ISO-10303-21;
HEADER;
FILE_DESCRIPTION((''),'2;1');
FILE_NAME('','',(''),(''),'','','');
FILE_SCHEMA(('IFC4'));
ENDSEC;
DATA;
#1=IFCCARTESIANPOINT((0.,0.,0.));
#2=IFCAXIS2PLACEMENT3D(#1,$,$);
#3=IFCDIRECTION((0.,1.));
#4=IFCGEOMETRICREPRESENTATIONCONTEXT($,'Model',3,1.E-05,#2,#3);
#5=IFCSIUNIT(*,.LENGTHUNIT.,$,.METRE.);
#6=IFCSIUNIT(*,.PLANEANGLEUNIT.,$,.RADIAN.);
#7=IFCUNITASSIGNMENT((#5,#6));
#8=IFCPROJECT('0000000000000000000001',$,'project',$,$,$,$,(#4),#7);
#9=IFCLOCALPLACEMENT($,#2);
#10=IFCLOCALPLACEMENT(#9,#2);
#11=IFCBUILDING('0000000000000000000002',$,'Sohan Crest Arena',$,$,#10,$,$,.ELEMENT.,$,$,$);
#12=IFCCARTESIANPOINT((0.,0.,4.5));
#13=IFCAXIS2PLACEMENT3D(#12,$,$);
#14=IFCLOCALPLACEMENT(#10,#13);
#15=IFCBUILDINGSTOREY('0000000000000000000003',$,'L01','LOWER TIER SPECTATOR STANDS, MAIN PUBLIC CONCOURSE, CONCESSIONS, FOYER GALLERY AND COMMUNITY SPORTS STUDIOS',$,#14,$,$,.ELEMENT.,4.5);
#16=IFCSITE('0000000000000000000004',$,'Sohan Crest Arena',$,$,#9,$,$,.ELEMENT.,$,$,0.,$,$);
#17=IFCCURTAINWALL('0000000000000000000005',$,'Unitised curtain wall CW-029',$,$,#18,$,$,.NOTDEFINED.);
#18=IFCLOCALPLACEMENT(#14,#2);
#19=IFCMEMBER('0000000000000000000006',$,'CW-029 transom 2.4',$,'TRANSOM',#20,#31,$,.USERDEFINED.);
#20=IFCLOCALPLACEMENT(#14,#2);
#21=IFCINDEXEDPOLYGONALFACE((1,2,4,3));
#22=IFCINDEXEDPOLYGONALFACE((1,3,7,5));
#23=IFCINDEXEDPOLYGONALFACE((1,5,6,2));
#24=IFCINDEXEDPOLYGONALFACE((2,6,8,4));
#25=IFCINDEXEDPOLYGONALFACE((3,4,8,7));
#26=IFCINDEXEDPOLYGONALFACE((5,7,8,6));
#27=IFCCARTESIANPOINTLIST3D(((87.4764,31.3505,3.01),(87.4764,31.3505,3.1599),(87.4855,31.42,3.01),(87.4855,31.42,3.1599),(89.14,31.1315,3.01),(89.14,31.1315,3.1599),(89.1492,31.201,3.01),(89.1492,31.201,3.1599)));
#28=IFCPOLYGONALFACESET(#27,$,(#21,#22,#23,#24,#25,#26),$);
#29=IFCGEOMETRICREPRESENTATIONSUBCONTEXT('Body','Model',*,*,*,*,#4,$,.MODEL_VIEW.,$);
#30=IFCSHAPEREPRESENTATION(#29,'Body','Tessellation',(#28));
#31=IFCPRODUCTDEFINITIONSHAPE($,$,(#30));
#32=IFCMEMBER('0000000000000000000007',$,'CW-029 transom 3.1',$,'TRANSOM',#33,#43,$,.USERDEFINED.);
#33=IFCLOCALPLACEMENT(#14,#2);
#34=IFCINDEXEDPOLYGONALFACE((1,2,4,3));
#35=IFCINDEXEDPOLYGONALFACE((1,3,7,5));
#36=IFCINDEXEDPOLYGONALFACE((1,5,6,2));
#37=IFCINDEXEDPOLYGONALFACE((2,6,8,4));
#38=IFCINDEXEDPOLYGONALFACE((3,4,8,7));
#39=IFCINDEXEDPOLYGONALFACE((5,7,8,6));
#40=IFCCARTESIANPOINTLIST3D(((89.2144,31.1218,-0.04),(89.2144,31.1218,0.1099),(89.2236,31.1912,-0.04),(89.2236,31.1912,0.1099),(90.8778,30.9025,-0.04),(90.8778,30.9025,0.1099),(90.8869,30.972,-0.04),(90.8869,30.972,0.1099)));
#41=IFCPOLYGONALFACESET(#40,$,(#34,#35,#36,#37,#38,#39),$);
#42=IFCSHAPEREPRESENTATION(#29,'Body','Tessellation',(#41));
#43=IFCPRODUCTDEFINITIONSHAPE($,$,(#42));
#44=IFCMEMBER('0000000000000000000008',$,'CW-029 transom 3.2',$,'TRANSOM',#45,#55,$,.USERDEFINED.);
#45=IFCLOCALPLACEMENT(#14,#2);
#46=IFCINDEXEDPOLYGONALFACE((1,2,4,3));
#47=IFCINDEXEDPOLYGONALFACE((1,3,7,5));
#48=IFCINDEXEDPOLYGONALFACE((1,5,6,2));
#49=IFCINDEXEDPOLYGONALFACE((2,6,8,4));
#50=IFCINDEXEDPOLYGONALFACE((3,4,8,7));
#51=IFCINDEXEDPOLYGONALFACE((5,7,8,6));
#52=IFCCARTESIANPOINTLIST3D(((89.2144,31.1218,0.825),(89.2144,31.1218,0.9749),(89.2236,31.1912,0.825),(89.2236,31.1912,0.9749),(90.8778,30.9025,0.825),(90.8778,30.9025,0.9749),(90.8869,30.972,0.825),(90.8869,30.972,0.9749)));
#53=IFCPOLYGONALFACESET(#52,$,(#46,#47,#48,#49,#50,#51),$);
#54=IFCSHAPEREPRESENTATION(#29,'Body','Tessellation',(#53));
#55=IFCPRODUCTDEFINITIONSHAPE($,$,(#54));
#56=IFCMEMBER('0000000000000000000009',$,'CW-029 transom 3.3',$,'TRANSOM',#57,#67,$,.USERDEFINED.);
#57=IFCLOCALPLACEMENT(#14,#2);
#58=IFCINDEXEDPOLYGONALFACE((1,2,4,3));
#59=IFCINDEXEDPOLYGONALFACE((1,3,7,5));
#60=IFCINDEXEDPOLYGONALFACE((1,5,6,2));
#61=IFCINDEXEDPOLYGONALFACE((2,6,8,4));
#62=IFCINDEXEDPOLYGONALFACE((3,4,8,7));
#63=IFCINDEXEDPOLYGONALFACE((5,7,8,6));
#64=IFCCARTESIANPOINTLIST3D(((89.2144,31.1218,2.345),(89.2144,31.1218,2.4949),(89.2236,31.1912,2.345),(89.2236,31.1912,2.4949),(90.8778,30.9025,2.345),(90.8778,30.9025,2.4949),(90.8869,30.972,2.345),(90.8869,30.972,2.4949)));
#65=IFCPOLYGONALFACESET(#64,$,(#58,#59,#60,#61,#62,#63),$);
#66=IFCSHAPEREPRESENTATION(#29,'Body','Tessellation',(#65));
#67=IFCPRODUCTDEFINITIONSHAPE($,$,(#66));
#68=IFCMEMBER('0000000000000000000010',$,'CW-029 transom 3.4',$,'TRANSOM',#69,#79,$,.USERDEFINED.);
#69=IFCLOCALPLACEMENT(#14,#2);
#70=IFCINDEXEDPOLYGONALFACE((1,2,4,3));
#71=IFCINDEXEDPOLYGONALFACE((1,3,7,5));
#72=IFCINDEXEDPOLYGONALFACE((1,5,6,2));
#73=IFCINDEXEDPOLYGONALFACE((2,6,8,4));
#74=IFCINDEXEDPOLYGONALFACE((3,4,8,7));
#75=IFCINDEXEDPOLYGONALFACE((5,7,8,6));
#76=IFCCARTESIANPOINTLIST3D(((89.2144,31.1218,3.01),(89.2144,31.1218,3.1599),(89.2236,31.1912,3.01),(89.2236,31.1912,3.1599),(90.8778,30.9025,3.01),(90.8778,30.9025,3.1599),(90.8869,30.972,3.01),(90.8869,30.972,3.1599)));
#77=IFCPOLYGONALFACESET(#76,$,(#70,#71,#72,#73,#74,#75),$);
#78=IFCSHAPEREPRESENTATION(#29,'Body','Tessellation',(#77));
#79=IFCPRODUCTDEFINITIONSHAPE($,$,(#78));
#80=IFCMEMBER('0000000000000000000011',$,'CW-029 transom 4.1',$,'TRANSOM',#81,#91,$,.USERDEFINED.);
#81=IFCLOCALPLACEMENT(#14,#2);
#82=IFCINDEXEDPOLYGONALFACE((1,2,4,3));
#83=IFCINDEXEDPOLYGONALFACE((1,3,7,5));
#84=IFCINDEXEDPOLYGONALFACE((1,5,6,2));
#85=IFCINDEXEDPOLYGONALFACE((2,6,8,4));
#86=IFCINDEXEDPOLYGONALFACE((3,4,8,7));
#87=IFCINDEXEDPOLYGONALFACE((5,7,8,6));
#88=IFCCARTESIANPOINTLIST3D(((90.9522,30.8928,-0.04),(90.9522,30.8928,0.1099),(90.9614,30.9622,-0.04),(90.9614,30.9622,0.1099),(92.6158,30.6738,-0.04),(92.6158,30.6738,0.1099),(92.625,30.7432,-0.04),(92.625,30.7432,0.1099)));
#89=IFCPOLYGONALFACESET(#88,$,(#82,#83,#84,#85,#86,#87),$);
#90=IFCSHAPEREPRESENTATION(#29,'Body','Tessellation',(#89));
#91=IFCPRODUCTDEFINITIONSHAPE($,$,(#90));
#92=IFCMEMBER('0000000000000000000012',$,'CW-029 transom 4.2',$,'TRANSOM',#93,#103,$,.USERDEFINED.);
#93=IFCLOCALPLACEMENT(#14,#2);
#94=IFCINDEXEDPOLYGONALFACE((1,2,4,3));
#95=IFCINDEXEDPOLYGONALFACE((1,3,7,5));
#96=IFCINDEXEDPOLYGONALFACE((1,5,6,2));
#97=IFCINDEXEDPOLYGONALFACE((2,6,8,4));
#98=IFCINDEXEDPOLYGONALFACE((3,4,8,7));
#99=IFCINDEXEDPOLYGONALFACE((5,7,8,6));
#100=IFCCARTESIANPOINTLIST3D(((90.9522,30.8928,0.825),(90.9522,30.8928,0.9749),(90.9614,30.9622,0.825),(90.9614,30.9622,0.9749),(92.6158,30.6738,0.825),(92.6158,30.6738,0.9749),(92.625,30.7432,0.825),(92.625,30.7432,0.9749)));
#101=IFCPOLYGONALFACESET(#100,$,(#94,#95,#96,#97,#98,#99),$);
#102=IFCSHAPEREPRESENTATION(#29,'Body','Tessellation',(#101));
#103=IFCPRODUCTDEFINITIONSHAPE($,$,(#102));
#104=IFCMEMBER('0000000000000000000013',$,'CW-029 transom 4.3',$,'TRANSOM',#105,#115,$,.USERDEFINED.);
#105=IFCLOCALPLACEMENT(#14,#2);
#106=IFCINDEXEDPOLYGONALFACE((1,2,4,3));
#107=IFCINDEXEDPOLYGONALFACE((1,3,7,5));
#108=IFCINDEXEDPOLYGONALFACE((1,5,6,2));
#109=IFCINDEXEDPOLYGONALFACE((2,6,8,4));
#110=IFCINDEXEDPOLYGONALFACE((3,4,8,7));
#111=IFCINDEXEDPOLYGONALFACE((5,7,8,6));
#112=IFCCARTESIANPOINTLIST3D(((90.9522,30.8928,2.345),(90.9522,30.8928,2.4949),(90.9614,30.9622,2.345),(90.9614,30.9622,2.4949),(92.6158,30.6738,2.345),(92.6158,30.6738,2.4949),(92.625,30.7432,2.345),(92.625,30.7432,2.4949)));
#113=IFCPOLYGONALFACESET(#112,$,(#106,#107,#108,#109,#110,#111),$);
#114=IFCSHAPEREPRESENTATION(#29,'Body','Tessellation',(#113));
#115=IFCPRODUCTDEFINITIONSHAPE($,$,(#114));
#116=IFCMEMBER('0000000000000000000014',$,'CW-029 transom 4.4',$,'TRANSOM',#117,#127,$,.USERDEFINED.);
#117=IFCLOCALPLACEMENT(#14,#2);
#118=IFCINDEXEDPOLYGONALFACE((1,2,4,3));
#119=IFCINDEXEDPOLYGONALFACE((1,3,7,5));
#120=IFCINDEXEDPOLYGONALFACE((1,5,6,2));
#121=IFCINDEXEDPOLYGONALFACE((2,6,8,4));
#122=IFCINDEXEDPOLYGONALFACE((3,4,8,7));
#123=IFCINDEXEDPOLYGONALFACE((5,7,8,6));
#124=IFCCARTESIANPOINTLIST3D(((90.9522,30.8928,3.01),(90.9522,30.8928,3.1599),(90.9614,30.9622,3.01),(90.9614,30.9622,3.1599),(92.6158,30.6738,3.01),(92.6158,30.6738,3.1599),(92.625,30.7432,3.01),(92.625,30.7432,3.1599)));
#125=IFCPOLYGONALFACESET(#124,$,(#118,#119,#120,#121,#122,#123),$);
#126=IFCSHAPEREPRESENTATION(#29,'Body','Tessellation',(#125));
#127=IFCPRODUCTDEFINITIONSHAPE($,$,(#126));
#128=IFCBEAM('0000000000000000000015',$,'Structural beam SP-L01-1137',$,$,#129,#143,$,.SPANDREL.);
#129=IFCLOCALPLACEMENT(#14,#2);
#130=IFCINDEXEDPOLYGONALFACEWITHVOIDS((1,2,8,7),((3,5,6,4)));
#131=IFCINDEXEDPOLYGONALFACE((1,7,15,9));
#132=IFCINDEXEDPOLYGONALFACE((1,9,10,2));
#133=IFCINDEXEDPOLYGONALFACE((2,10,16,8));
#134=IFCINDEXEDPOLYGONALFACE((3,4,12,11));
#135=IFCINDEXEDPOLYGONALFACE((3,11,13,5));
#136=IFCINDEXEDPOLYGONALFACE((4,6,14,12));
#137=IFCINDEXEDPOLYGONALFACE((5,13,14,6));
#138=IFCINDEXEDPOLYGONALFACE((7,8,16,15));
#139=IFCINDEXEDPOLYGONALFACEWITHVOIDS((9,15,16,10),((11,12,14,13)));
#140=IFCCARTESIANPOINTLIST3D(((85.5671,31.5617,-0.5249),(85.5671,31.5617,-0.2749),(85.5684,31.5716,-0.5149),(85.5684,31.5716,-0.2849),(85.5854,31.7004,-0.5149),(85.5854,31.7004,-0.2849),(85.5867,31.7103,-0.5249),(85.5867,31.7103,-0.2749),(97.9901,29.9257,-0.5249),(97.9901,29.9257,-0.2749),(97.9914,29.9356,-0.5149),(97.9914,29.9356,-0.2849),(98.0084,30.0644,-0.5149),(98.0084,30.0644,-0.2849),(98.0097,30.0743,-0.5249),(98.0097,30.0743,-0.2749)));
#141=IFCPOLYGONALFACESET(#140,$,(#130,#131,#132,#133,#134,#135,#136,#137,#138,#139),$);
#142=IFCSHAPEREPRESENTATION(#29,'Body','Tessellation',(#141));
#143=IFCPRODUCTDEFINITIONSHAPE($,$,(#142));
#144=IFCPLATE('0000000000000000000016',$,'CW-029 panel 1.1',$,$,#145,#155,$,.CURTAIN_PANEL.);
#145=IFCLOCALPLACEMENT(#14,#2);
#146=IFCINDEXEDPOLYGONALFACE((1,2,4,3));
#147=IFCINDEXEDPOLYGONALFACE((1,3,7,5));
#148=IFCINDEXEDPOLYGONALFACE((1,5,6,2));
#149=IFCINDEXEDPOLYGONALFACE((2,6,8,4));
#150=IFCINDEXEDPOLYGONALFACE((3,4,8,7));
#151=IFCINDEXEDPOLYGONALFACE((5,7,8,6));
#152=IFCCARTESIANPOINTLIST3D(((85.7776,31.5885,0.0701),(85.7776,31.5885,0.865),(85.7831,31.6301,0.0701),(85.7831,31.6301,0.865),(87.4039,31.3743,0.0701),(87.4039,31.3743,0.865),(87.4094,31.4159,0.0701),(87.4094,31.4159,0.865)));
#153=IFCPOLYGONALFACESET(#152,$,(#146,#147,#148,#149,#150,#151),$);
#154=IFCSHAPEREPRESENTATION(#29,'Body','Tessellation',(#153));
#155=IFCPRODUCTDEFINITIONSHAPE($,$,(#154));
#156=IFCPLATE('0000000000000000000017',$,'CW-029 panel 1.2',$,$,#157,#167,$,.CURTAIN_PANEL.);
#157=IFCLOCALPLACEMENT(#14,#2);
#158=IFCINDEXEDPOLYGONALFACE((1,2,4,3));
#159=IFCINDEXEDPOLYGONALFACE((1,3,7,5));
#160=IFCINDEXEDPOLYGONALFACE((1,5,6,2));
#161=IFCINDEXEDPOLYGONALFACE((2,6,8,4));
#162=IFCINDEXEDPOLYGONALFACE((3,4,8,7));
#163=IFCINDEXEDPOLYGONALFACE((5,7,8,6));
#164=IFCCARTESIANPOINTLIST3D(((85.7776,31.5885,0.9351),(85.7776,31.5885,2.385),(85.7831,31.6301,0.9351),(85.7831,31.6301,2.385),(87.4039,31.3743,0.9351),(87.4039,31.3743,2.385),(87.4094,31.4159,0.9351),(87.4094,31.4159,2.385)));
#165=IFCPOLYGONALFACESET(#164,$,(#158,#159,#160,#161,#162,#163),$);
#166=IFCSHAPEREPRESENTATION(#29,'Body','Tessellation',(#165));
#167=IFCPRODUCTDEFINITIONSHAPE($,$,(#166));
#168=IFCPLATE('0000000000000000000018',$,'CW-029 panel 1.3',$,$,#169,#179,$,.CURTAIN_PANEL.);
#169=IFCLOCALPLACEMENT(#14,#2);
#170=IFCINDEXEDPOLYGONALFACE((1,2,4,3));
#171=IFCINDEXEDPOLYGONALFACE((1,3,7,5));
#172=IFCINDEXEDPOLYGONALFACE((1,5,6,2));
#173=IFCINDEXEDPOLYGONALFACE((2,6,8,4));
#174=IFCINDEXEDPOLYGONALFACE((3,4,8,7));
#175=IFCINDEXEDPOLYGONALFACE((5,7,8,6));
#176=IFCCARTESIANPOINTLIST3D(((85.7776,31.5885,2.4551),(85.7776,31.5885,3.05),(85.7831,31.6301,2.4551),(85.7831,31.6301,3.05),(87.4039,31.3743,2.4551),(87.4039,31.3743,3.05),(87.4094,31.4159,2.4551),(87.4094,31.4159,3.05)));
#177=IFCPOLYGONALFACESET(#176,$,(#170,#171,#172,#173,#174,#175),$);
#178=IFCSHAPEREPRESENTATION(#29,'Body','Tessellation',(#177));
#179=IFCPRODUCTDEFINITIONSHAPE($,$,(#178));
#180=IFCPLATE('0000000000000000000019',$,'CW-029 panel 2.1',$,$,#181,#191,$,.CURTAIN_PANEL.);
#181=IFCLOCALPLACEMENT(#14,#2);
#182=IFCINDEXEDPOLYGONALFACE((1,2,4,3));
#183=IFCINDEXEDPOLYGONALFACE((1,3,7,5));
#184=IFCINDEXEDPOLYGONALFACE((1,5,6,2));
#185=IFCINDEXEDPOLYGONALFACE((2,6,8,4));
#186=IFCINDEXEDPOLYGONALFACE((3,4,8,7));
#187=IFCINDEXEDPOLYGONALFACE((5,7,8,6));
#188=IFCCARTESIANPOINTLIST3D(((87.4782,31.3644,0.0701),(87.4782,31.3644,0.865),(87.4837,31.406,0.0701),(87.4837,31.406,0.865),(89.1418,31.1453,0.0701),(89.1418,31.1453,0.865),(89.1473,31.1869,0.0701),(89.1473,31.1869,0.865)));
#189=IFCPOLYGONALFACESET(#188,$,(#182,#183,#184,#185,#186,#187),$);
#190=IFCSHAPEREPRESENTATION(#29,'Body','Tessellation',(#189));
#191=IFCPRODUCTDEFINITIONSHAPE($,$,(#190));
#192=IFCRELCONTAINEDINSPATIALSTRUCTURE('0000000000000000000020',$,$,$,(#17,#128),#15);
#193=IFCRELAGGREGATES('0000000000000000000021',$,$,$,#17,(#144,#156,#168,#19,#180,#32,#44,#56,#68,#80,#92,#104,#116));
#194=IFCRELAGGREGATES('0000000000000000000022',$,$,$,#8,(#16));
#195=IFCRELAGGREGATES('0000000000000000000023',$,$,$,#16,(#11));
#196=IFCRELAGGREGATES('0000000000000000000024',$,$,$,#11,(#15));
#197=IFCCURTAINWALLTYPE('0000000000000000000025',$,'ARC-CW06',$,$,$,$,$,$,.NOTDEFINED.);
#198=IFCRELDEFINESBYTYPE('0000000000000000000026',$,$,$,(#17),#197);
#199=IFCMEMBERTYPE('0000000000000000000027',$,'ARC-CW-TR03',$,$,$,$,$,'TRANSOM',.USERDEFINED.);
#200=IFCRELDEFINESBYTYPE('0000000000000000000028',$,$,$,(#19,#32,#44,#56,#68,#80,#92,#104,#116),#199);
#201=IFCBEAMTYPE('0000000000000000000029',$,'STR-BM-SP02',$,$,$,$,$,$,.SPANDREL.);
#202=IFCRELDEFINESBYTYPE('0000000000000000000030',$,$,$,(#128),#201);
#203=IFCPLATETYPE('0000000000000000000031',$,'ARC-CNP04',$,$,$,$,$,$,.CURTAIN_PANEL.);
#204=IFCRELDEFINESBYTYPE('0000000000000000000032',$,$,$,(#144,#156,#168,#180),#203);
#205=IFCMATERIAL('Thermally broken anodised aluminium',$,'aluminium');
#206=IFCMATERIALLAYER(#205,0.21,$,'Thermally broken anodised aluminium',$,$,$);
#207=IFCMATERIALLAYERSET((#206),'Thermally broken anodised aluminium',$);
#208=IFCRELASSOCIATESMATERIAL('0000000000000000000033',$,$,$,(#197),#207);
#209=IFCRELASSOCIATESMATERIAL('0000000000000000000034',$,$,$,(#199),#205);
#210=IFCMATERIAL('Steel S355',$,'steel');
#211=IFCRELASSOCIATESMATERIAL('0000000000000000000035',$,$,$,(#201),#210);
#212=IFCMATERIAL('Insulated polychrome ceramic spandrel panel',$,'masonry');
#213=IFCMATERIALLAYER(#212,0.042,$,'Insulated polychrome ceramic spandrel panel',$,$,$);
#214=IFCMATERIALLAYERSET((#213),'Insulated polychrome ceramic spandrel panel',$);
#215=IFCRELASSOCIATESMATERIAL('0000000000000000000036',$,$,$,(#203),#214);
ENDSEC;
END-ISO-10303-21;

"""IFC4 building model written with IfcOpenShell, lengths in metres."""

from ifc_helpers import new_model, si_unit, direction, frame, origin, origin_2d, place, context, subcontext, project, spatial, rectangle, hollow_rectangle, extrude, material, layer, layer_set, material_profile, profile_set, type_object, element, aggregate, save


model = new_model("IFC4")

# Units and contexts
model_context = context("Model", 3, precision=1e-05, world=origin(), true_north=direction((0.0, 1.0)))
body_context = subcontext(model_context, "Body", "Model", "MODEL_VIEW")
ifc_project = project(units=[si_unit("LENGTHUNIT", "METRE"), si_unit("PLANEANGLEUNIT", "RADIAN")], contexts=[model_context])

# Site, building, storey
site_placement = place(None, origin())
site = spatial("IfcSite", under=ifc_project, at=site_placement, Name="Sohan Crest Arena", CompositionType="ELEMENT", RefElevation=0.0)
building_placement = place(site_placement, origin())
building = spatial("IfcBuilding", under=site, at=building_placement, Name="Sohan Crest Arena", CompositionType="ELEMENT")
storey_placement = place(building_placement, frame((0.0, 0.0, 4.5)))
storey = spatial("IfcBuildingStorey", under=building, at=storey_placement, Name="L01", Description="LOWER TIER SPECTATOR STANDS, MAIN PUBLIC CONCOURSE, CONCESSIONS, FOYER GALLERY AND COMMUNITY SPORTS STUDIOS", CompositionType="ELEMENT", Elevation=4.5)

# Shared definitions
ifc_material_1 = material(Name="Steel S355", Category="steel")

# Shared definitions
ifc_material_2 = material(Name="Thermally broken anodised aluminium", Category="aluminium")

# Curtain wall, members
ifc_layer_1 = layer(ifc_material_2, 0.21, Name="Thermally broken anodised aluminium")
ifc_layer_set_1 = layer_set([ifc_layer_1], Name="Thermally broken anodised aluminium")
curtain_wall_type_1 = type_object("IfcCurtainWallType", Name="ARC-CW06", PredefinedType="NOTDEFINED", material=ifc_layer_set_1)
curtain_wall_1_placement = place(storey_placement, origin())
curtain_wall_1 = element("IfcCurtainWall", 1, at=curtain_wall_1_placement, inside=storey, type_object=curtain_wall_type_1, Name="Unitised curtain wall CW-029", PredefinedType="NOTDEFINED")
ifc_material_profile_1 = material_profile(ifc_material_2, rectangle(XDim=0.0701, YDim=0.1499, at=origin_2d()), Name="ALU-TRAN 70x150")
ifc_profile_set_1 = profile_set([ifc_material_profile_1], Name="Thermally broken anodised aluminium")
member_type_1 = type_object("IfcMemberType", Name="ARC-CW-TR03", ElementType="TRANSOM", PredefinedType="USERDEFINED", material=ifc_profile_set_1)
member_1_placement = place(storey_placement, frame((87.481, 31.3853, 3.085), z_axis=(0.991446, -0.130515, 0.0), x_axis=(0.130515, 0.991446, 0.0)))
member_1 = element("IfcMember", 2, at=member_1_placement, type_object=member_type_1, Name="CW-029 transom 2.4", ObjectType="TRANSOM", PredefinedType="USERDEFINED", context=body_context, shape_type="SweptSolid", body=[
    extrude(rectangle(XDim=0.0701, YDim=0.1499, at=origin_2d()), origin(), (0.0, 0.0, 1.0), 1.678),
])
member_2_placement = place(storey_placement, frame((89.219, 31.1565, 0.0349), z_axis=(0.991425, -0.130677, 0.0), x_axis=(0.130677, 0.991425, 0.0)))
member_2 = element("IfcMember", 3, at=member_2_placement, type_object=member_type_1, Name="CW-029 transom 3.1", ObjectType="TRANSOM", PredefinedType="USERDEFINED", context=body_context, shape_type="SweptSolid", body=[
    extrude(rectangle(XDim=0.0701, YDim=0.1499, at=origin_2d()), origin(), (0.0, 0.0, 1.0), 1.6777),
])
member_3_placement = place(storey_placement, frame((89.219, 31.1565, 0.8999), z_axis=(0.991425, -0.130677, 0.0), x_axis=(0.130677, 0.991425, 0.0)))
member_3 = element("IfcMember", 4, at=member_3_placement, type_object=member_type_1, Name="CW-029 transom 3.2", ObjectType="TRANSOM", PredefinedType="USERDEFINED", context=body_context, shape_type="SweptSolid", body=[
    extrude(rectangle(XDim=0.0701, YDim=0.1499, at=origin_2d()), origin(), (0.0, 0.0, 1.0), 1.6777),
])
member_4_placement = place(storey_placement, frame((89.219, 31.1565, 2.4199), z_axis=(0.991425, -0.130677, 0.0), x_axis=(0.130677, 0.991425, 0.0)))
member_4 = element("IfcMember", 5, at=member_4_placement, type_object=member_type_1, Name="CW-029 transom 3.3", ObjectType="TRANSOM", PredefinedType="USERDEFINED", context=body_context, shape_type="SweptSolid", body=[
    extrude(rectangle(XDim=0.0701, YDim=0.1499, at=origin_2d()), origin(), (0.0, 0.0, 1.0), 1.6777),
])
member_5_placement = place(storey_placement, frame((89.219, 31.1565, 3.085), z_axis=(0.991425, -0.130677, 0.0), x_axis=(0.130677, 0.991425, 0.0)))
member_5 = element("IfcMember", 6, at=member_5_placement, type_object=member_type_1, Name="CW-029 transom 3.4", ObjectType="TRANSOM", PredefinedType="USERDEFINED", context=body_context, shape_type="SweptSolid", body=[
    extrude(rectangle(XDim=0.0701, YDim=0.1499, at=origin_2d()), origin(), (0.0, 0.0, 1.0), 1.6777),
])
member_6_placement = place(storey_placement, frame((90.9568, 30.9275, 0.0349), z_axis=(0.991446, -0.130515, 0.0), x_axis=(0.130515, 0.991446, 0.0)))
member_6 = element("IfcMember", 7, at=member_6_placement, type_object=member_type_1, Name="CW-029 transom 4.1", ObjectType="TRANSOM", PredefinedType="USERDEFINED", context=body_context, shape_type="SweptSolid", body=[
    extrude(rectangle(XDim=0.0701, YDim=0.1499, at=origin_2d()), origin(), (0.0, 0.0, 1.0), 1.678),
])
member_7_placement = place(storey_placement, frame((90.9568, 30.9275, 0.8999), z_axis=(0.991446, -0.130515, 0.0), x_axis=(0.130515, 0.991446, 0.0)))
member_7 = element("IfcMember", 8, at=member_7_placement, type_object=member_type_1, Name="CW-029 transom 4.2", ObjectType="TRANSOM", PredefinedType="USERDEFINED", context=body_context, shape_type="SweptSolid", body=[
    extrude(rectangle(XDim=0.0701, YDim=0.1499, at=origin_2d()), origin(), (0.0, 0.0, 1.0), 1.678),
])
member_8_placement = place(storey_placement, frame((90.9568, 30.9275, 2.4199), z_axis=(0.991446, -0.130515, 0.0), x_axis=(0.130515, 0.991446, 0.0)))
member_8 = element("IfcMember", 9, at=member_8_placement, type_object=member_type_1, Name="CW-029 transom 4.3", ObjectType="TRANSOM", PredefinedType="USERDEFINED", context=body_context, shape_type="SweptSolid", body=[
    extrude(rectangle(XDim=0.0701, YDim=0.1499, at=origin_2d()), origin(), (0.0, 0.0, 1.0), 1.678),
])
member_9_placement = place(storey_placement, frame((90.9568, 30.9275, 3.085), z_axis=(0.991446, -0.130515, 0.0), x_axis=(0.130515, 0.991446, 0.0)))
member_9 = element("IfcMember", 10, at=member_9_placement, type_object=member_type_1, Name="CW-029 transom 4.4", ObjectType="TRANSOM", PredefinedType="USERDEFINED", context=body_context, shape_type="SweptSolid", body=[
    extrude(rectangle(XDim=0.0701, YDim=0.1499, at=origin_2d()), origin(), (0.0, 0.0, 1.0), 1.678),
])

# Beam
ifc_material_profile_2 = material_profile(ifc_material_1, hollow_rectangle(XDim=0.1499, YDim=0.25, WallThickness=0.01, at=origin_2d()), Name="RHS 250x150x10")
ifc_profile_set_2 = profile_set([ifc_material_profile_2], Name="Steel S355")
beam_type = type_object("IfcBeamType", Name="STR-BM-SP02", PredefinedType="SPANDREL", material=ifc_profile_set_2)
beam_placement = place(storey_placement, frame((85.5769, 31.636, -0.3999), z_axis=(0.99144, -0.130562, 0.0), x_axis=(0.130562, 0.99144, 0.0)))
element("IfcBeam", 11, at=beam_placement, inside=storey, type_object=beam_type, Name="Structural beam SP-L01-1137", PredefinedType="SPANDREL", context=body_context, shape_type="SweptSolid", body=[
    extrude(hollow_rectangle(XDim=0.1499, YDim=0.25, WallThickness=0.01, at=origin_2d()), origin(), (0.0, 0.0, 1.0), 12.5303),
])

# Plates
ifc_material_3 = material(Name="Insulated polychrome ceramic spandrel panel", Category="masonry")
ifc_layer_2 = layer(ifc_material_3, 0.042, Name="Insulated polychrome ceramic spandrel panel")
ifc_layer_set_2 = layer_set([ifc_layer_2], Name="Insulated polychrome ceramic spandrel panel")
plate_type = type_object("IfcPlateType", Name="ARC-CNP04", PredefinedType="CURTAIN_PANEL", material=ifc_layer_set_2)
plate_1_placement = place(storey_placement, frame((86.5935, 31.5022, 0.0701), z_axis=(0.0, 0.0, 1.0), x_axis=(0.99144, -0.130562, 0.0)))
plate_1 = element("IfcPlate", 12, at=plate_1_placement, type_object=plate_type, Name="CW-029 panel 1.1", PredefinedType="CURTAIN_PANEL", context=body_context, shape_type="SweptSolid", body=[
    extrude(rectangle(XDim=1.6404, YDim=0.042, at=origin_2d()), origin(), (0.0, 0.0, 1.0), 0.7949),
])
plate_2_placement = place(storey_placement, frame((86.5935, 31.5022, 0.9351), z_axis=(0.0, 0.0, 1.0), x_axis=(0.99144, -0.130562, 0.0)))
plate_2 = element("IfcPlate", 13, at=plate_2_placement, type_object=plate_type, Name="CW-029 panel 1.2", PredefinedType="CURTAIN_PANEL", context=body_context, shape_type="SweptSolid", body=[
    extrude(rectangle(XDim=1.6404, YDim=0.042, at=origin_2d()), origin(), (0.0, 0.0, 1.0), 1.45),
])
plate_3_placement = place(storey_placement, frame((86.5935, 31.5022, 2.4551), z_axis=(0.0, 0.0, 1.0), x_axis=(0.99144, -0.130562, 0.0)))
plate_3 = element("IfcPlate", 14, at=plate_3_placement, type_object=plate_type, Name="CW-029 panel 1.3", PredefinedType="CURTAIN_PANEL", context=body_context, shape_type="SweptSolid", body=[
    extrude(rectangle(XDim=1.6404, YDim=0.042, at=origin_2d()), origin(), (0.0, 0.0, 1.0), 0.595),
])
plate_4_placement = place(storey_placement, frame((88.3127, 31.2756, 0.0701), z_axis=(0.0, 0.0, 1.0), x_axis=(0.99144, -0.130562, 0.0)))
plate_4 = element("IfcPlate", 15, at=plate_4_placement, type_object=plate_type, Name="CW-029 panel 2.1", PredefinedType="CURTAIN_PANEL", context=body_context, shape_type="SweptSolid", body=[
    extrude(rectangle(XDim=1.678, YDim=0.042, at=origin_2d()), origin(), (0.0, 0.0, 1.0), 0.7949),
])
aggregate(curtain_wall_1, [plate_1, plate_2, plate_3, member_1, plate_4, member_2, member_3, member_4, member_5, member_6, member_7, member_8, member_9])

save(model, "model.ifc")
